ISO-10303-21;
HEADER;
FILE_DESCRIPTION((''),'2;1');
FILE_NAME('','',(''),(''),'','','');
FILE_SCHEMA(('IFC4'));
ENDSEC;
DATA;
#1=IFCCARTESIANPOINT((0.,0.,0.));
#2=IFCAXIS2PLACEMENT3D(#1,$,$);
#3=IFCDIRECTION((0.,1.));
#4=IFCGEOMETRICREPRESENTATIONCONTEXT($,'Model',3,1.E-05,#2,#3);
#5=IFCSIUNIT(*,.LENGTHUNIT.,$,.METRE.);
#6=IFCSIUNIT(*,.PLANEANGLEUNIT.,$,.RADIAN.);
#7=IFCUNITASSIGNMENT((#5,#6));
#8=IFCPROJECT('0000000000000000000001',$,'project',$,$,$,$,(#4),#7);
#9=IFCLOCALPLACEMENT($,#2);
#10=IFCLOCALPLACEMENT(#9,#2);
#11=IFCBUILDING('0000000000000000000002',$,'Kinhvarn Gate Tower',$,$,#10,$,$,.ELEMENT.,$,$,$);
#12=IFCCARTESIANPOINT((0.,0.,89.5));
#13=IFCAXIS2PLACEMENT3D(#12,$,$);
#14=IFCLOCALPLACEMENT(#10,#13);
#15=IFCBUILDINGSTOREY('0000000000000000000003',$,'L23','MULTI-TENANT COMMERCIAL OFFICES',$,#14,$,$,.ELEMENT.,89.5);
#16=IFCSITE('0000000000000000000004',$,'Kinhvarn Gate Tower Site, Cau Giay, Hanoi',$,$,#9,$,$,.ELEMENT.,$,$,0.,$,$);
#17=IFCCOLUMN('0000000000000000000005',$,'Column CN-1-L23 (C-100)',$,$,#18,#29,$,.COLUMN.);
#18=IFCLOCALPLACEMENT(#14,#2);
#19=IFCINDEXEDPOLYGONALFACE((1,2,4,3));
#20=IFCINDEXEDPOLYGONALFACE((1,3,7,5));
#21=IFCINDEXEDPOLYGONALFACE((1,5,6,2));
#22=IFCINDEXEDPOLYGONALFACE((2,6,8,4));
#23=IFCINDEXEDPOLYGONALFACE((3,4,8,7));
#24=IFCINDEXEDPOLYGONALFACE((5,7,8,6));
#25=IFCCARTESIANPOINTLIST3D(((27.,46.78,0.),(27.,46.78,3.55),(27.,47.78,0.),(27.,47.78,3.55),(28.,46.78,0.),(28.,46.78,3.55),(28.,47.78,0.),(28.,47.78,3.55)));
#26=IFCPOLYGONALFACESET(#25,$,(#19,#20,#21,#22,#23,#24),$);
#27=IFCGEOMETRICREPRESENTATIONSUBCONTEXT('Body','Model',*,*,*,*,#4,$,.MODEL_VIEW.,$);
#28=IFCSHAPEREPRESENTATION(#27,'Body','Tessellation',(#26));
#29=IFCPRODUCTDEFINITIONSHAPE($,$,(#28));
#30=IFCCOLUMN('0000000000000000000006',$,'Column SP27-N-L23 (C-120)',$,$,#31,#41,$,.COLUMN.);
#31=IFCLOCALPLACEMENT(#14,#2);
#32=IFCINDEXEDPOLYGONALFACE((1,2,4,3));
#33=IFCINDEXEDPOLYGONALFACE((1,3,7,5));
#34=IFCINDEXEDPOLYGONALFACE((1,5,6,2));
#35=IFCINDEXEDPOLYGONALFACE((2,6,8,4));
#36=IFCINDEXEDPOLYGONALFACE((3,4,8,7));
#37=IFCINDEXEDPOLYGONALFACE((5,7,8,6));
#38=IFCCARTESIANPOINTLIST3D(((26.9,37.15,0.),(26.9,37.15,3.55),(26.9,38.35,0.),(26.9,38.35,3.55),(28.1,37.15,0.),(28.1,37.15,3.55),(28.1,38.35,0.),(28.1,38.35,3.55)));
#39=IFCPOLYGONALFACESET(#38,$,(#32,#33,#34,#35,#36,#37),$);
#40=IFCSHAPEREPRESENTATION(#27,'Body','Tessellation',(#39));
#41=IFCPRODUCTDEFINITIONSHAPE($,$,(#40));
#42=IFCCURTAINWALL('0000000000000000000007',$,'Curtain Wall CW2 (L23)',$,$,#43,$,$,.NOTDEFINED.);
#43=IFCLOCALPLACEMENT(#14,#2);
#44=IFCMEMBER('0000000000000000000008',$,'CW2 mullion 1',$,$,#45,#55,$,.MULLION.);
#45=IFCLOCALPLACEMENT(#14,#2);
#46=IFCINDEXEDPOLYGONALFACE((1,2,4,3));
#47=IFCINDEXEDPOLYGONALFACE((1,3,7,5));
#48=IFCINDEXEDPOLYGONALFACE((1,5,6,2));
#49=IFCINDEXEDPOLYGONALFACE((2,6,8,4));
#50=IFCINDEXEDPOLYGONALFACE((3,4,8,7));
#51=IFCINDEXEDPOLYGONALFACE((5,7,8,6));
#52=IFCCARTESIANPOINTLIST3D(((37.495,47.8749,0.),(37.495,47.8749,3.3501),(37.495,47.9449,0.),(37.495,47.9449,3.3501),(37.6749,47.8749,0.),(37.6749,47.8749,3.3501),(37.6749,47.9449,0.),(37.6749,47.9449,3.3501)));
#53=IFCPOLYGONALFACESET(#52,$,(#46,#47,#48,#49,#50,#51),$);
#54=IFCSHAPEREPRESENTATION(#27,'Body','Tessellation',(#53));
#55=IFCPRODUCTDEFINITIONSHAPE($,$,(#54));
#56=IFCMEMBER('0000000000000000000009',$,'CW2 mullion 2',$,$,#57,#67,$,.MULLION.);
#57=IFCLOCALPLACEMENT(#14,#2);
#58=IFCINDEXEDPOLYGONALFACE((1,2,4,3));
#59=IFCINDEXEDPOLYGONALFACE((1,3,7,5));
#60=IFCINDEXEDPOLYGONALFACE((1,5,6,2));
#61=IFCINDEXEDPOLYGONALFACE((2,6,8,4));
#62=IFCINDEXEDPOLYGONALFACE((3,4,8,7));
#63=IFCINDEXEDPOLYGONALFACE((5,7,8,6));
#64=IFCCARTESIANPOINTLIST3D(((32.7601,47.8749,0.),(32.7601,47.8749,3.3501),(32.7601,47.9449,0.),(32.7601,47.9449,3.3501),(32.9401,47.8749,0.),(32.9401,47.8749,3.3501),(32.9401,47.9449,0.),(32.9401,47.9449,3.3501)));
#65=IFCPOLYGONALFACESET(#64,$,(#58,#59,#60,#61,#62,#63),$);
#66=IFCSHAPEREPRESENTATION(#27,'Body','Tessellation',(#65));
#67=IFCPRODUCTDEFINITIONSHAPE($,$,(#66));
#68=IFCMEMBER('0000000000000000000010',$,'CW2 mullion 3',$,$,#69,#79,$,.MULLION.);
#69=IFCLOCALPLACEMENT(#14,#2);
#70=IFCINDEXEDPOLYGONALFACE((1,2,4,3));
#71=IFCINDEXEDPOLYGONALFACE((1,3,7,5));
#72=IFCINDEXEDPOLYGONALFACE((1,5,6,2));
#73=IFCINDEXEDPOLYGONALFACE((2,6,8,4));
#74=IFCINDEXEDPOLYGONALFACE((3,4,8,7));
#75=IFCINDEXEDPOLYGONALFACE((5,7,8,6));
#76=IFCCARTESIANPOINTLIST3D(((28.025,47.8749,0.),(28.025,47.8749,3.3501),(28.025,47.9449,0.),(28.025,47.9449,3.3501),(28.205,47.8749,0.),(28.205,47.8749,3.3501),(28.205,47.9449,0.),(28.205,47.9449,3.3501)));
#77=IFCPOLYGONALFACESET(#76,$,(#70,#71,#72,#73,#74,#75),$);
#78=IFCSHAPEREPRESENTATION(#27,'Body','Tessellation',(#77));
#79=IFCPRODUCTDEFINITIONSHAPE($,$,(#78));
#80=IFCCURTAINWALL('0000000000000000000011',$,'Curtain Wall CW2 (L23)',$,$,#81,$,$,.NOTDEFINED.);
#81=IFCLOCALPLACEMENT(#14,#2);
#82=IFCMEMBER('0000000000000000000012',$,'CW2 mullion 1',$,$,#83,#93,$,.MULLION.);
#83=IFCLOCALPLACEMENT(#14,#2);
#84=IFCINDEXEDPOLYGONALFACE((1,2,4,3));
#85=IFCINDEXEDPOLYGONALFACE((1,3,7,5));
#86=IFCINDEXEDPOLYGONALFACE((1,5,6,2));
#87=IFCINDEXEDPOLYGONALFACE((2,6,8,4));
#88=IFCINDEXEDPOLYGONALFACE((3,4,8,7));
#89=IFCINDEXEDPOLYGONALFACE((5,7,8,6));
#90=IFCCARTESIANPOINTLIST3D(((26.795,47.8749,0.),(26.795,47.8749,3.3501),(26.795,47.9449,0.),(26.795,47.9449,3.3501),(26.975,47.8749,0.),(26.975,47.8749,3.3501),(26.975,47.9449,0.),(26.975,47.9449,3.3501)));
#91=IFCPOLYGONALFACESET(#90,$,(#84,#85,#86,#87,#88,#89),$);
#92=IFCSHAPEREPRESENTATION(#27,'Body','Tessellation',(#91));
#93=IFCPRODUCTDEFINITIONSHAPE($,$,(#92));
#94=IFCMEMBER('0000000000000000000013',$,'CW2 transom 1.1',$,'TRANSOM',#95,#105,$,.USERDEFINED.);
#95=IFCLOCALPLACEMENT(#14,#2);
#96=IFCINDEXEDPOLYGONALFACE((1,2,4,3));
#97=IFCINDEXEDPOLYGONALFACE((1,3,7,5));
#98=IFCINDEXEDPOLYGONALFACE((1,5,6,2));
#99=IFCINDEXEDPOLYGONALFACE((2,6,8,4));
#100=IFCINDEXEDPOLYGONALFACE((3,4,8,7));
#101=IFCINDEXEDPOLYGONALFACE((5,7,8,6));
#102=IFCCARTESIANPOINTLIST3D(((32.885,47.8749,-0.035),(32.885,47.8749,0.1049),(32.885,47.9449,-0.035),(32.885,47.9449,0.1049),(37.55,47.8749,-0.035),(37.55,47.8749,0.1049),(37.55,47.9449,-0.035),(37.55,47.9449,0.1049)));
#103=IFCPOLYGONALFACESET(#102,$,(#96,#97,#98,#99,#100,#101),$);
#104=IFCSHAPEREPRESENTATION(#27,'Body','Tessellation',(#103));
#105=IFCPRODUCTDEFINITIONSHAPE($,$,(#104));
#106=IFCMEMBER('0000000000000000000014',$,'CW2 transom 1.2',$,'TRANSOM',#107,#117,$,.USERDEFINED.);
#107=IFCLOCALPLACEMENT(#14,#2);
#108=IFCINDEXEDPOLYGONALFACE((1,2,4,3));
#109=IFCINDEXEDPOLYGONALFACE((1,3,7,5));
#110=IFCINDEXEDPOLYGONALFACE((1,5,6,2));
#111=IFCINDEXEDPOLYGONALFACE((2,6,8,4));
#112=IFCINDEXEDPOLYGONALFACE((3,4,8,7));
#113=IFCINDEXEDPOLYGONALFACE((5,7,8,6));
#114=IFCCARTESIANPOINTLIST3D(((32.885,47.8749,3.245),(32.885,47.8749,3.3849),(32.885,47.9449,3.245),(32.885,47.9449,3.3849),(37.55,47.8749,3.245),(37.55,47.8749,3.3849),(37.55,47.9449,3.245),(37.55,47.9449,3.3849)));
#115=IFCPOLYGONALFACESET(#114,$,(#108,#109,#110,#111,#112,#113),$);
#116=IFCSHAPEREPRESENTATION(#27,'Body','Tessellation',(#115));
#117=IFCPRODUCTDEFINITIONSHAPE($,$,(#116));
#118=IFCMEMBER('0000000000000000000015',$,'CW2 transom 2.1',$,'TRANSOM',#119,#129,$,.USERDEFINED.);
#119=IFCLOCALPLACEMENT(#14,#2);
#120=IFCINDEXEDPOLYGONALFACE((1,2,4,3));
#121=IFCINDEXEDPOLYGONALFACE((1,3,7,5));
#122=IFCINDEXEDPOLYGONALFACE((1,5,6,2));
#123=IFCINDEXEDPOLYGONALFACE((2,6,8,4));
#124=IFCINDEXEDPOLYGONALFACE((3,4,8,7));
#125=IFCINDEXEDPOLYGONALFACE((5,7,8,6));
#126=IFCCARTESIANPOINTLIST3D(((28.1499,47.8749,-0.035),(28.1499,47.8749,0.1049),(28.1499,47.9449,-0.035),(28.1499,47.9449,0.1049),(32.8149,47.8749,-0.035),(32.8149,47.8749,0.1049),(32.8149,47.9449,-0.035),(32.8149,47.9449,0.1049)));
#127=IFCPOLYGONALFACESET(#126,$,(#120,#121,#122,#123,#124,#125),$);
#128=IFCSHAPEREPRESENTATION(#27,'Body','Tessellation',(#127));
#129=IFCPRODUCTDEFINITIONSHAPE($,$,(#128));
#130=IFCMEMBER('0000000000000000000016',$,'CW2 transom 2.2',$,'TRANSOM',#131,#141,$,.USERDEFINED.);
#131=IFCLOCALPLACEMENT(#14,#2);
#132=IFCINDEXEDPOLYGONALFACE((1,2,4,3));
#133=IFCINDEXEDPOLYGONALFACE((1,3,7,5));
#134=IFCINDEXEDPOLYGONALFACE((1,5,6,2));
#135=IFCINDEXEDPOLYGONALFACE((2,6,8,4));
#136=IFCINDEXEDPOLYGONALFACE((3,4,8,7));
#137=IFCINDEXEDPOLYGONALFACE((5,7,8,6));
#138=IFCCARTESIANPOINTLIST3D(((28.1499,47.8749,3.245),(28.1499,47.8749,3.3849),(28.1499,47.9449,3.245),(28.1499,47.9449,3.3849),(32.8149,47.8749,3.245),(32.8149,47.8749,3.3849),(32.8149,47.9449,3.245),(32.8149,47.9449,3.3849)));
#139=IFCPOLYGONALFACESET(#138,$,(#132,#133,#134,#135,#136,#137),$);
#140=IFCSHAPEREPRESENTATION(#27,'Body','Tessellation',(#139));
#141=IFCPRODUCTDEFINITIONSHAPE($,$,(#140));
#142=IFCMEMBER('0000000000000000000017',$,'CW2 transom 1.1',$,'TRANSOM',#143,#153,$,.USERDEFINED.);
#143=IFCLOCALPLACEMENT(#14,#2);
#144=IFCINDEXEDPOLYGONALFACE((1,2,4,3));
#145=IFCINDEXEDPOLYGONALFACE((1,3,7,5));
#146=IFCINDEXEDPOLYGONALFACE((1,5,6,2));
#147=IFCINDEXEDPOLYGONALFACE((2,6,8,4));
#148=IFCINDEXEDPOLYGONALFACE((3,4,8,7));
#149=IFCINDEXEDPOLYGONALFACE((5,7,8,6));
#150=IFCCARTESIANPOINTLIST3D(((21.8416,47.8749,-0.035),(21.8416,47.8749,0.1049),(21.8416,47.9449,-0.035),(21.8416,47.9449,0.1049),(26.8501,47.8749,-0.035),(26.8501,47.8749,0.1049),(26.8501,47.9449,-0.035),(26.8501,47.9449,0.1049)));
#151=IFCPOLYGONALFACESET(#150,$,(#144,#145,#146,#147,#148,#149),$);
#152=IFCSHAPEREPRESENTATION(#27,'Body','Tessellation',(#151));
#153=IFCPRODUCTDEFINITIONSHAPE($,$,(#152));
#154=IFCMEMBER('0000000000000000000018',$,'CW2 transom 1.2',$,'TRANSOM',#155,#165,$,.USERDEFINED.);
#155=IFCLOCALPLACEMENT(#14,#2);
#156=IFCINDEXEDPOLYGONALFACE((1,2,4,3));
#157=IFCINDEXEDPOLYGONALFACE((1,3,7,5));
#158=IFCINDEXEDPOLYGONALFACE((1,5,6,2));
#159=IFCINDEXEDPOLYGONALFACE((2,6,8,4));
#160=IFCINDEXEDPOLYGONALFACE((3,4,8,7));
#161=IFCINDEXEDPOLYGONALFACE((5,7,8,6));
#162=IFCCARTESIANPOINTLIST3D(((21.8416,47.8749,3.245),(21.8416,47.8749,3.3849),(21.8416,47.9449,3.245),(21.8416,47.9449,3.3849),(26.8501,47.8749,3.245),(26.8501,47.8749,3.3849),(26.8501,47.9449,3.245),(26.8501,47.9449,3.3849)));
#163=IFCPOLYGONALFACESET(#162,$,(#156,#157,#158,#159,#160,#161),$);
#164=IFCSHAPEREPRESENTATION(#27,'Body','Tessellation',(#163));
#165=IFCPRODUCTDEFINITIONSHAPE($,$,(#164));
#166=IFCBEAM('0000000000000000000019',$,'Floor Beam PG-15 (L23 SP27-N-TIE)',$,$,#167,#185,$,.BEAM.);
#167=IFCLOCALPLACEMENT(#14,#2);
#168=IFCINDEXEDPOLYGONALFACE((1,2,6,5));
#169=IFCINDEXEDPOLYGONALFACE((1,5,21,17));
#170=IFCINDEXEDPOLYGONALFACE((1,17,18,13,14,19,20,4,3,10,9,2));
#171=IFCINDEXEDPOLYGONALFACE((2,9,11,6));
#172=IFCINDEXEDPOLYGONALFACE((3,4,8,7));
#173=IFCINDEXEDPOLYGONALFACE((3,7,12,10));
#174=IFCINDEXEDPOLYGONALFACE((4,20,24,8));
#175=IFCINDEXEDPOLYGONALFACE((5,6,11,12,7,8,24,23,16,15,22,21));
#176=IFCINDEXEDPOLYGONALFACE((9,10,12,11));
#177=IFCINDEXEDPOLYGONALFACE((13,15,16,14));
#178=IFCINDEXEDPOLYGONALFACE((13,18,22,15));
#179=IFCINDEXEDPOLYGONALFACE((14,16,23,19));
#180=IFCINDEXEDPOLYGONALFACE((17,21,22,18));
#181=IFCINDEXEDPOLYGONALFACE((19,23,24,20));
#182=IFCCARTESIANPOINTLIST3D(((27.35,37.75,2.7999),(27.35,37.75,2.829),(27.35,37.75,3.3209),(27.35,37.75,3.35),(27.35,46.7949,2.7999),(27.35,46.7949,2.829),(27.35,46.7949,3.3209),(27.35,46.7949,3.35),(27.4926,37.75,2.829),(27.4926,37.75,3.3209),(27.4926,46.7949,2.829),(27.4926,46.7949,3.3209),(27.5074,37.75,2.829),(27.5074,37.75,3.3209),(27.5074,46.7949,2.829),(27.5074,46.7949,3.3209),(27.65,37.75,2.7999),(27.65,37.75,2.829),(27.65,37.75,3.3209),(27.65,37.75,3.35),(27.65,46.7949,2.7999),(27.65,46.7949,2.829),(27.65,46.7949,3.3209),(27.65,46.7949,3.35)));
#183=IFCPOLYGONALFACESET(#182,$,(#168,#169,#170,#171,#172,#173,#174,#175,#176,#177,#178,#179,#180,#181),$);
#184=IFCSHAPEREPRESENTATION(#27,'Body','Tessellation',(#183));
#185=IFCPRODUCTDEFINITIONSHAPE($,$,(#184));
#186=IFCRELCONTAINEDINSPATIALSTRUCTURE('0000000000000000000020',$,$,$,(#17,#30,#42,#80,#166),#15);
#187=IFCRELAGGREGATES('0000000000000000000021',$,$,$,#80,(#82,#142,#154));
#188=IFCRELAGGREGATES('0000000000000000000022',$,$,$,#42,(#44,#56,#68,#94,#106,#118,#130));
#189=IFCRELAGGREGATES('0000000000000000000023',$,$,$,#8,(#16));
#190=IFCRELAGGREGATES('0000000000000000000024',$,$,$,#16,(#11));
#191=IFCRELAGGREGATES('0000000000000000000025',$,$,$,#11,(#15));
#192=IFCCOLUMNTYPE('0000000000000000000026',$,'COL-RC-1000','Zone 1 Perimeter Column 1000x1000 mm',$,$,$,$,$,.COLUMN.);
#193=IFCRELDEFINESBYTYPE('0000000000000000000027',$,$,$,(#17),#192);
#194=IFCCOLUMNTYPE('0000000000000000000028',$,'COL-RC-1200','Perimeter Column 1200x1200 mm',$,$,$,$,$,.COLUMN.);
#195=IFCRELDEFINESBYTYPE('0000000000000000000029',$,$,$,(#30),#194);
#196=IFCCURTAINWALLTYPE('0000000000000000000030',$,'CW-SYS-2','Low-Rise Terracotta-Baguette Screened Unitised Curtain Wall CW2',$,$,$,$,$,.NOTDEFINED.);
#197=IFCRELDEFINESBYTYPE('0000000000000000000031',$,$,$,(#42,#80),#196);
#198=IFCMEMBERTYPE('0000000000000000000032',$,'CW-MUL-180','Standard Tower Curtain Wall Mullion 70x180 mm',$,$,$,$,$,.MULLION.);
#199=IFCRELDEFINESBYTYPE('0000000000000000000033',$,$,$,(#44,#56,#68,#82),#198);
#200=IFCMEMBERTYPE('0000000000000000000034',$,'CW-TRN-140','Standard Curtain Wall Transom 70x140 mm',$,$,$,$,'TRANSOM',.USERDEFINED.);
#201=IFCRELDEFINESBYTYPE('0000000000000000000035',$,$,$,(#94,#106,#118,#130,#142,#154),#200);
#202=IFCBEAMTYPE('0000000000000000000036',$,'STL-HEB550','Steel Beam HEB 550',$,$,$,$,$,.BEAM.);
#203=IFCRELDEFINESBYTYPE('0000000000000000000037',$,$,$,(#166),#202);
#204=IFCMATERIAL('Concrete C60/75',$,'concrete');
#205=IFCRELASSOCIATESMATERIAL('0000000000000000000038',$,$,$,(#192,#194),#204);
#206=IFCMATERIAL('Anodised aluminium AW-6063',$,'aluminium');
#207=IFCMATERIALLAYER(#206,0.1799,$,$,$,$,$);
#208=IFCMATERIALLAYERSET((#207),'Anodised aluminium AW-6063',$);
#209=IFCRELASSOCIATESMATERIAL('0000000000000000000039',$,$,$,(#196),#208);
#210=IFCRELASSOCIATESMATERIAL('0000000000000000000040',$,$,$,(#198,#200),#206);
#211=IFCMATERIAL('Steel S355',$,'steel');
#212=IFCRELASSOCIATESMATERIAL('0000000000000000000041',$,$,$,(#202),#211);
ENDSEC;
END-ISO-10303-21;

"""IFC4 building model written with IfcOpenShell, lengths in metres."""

from ifc_helpers import new_model, si_unit, direction, frame, origin, origin_2d, place, context, subcontext, project, spatial, rectangle, i_section, extrude, material, layer, layer_set, material_profile, profile_set, type_object, element, aggregate, save


model = new_model("IFC4")

# Units and contexts
model_context = context("Model", 3, precision=1e-05, world=origin(), true_north=direction((0.0, 1.0)))
body_context = subcontext(model_context, "Body", "Model", "MODEL_VIEW")
ifc_project = project(units=[si_unit("LENGTHUNIT", "METRE"), si_unit("PLANEANGLEUNIT", "RADIAN")], contexts=[model_context])

# Site, building, storey
site_placement = place(None, origin())
site = spatial("IfcSite", under=ifc_project, at=site_placement, Name="Kinhvarn Gate Tower Site, Cau Giay, Hanoi", CompositionType="ELEMENT", RefElevation=0.0)
building_placement = place(site_placement, origin())
building = spatial("IfcBuilding", under=site, at=building_placement, Name="Kinhvarn Gate Tower", CompositionType="ELEMENT")
storey_placement = place(building_placement, frame((0.0, 0.0, 89.5)))
storey = spatial("IfcBuildingStorey", under=building, at=storey_placement, Name="L23", Description="MULTI-TENANT COMMERCIAL OFFICES", CompositionType="ELEMENT", Elevation=89.5)

# Columns
ifc_material_1 = material(Name="Concrete C60/75", Category="concrete")
ifc_material_profile_1 = material_profile(ifc_material_1, rectangle(XDim=1.0, YDim=1.0, at=origin_2d()), Name="RC 1000x1000")
ifc_profile_set_1 = profile_set([ifc_material_profile_1], Name="Concrete C60/75")
column_type_1 = type_object("IfcColumnType", Name="COL-RC-1000", Description="Zone 1 Perimeter Column 1000x1000 mm", PredefinedType="COLUMN", material=ifc_profile_set_1)
column_1_placement = place(storey_placement, frame((27.5, 47.28, 0.0), z_axis=(0.0, 0.0, 1.0), x_axis=(1.0, 0.0, 0.0)))
element("IfcColumn", 1, at=column_1_placement, inside=storey, type_object=column_type_1, Name="Column CN-1-L23 (C-100)", PredefinedType="COLUMN", context=body_context, shape_type="SweptSolid", body=[
    extrude(rectangle(XDim=1.0, YDim=1.0, at=origin_2d()), origin(), (0.0, 0.0, 1.0), 3.55),
])
ifc_material_profile_2 = material_profile(ifc_material_1, rectangle(XDim=1.2, YDim=1.2, at=origin_2d()), Name="RC 1200x1200")
ifc_profile_set_2 = profile_set([ifc_material_profile_2], Name="Concrete C60/75")
column_type_2 = type_object("IfcColumnType", Name="COL-RC-1200", Description="Perimeter Column 1200x1200 mm", PredefinedType="COLUMN", material=ifc_profile_set_2)
column_2_placement = place(storey_placement, frame((27.5, 37.75, 0.0), z_axis=(0.0, 0.0, 1.0), x_axis=(1.0, 0.0, 0.0)))
element("IfcColumn", 2, at=column_2_placement, inside=storey, type_object=column_type_2, Name="Column SP27-N-L23 (C-120)", PredefinedType="COLUMN", context=body_context, shape_type="SweptSolid", body=[
    extrude(rectangle(XDim=1.2, YDim=1.2, at=origin_2d()), origin(), (0.0, 0.0, 1.0), 3.55),
])

# Curtain wall, members
ifc_material_2 = material(Name="Anodised aluminium AW-6063", Category="aluminium")
ifc_layer_1 = layer(ifc_material_2, 0.1799)
ifc_layer_set_1 = layer_set([ifc_layer_1], Name="Anodised aluminium AW-6063")
curtain_wall_type = type_object("IfcCurtainWallType", Name="CW-SYS-2", Description="Low-Rise Terracotta-Baguette Screened Unitised Curtain Wall CW2", PredefinedType="NOTDEFINED", material=ifc_layer_set_1)
curtain_wall_1_placement = place(storey_placement, origin())
curtain_wall_1 = element("IfcCurtainWall", 3, at=curtain_wall_1_placement, inside=storey, type_object=curtain_wall_type, Name="Curtain Wall CW2 (L23)", PredefinedType="NOTDEFINED")
ifc_material_profile_3 = material_profile(ifc_material_2, rectangle(XDim=0.0701, YDim=0.1799, at=origin_2d()), Name="ALU 70x180")
ifc_profile_set_3 = profile_set([ifc_material_profile_3], Name="Anodised aluminium AW-6063")
member_type_1 = type_object("IfcMemberType", Name="CW-MUL-180", Description="Standard Tower Curtain Wall Mullion 70x180 mm", PredefinedType="MULLION", material=ifc_profile_set_3)
member_1_placement = place(storey_placement, frame((37.585, 47.9099, 0.0), z_axis=(0.0, 0.0, 1.0), x_axis=(0.0, -1.0, 0.0)))
member_1 = element("IfcMember", 4, at=member_1_placement, type_object=member_type_1, Name="CW2 mullion 1", PredefinedType="MULLION", context=body_context, shape_type="SweptSolid", body=[
    extrude(rectangle(XDim=0.0701, YDim=0.1799, at=origin_2d()), origin(), (0.0, 0.0, 1.0), 3.3501),
])
member_2_placement = place(storey_placement, frame((32.8501, 47.9099, 0.0), z_axis=(0.0, 0.0, 1.0), x_axis=(0.0, -1.0, 0.0)))
member_2 = element("IfcMember", 5, at=member_2_placement, type_object=member_type_1, Name="CW2 mullion 2", PredefinedType="MULLION", context=body_context, shape_type="SweptSolid", body=[
    extrude(rectangle(XDim=0.0701, YDim=0.1799, at=origin_2d()), origin(), (0.0, 0.0, 1.0), 3.3501),
])
member_3_placement = place(storey_placement, frame((28.115, 47.9099, 0.0), z_axis=(0.0, 0.0, 1.0), x_axis=(0.0, -1.0, 0.0)))
member_3 = element("IfcMember", 6, at=member_3_placement, type_object=member_type_1, Name="CW2 mullion 3", PredefinedType="MULLION", context=body_context, shape_type="SweptSolid", body=[
    extrude(rectangle(XDim=0.0701, YDim=0.1799, at=origin_2d()), origin(), (0.0, 0.0, 1.0), 3.3501),
])

# Curtain wall, member
curtain_wall_2_placement = place(storey_placement, origin())
curtain_wall_2 = element("IfcCurtainWall", 7, at=curtain_wall_2_placement, inside=storey, type_object=curtain_wall_type, Name="Curtain Wall CW2 (L23)", PredefinedType="NOTDEFINED")
member_4_placement = place(storey_placement, frame((26.885, 47.9099, 0.0), z_axis=(0.0, 0.0, 1.0), x_axis=(0.0, -1.0, 0.0)))
member_4 = element("IfcMember", 8, at=member_4_placement, type_object=member_type_1, Name="CW2 mullion 1", PredefinedType="MULLION", context=body_context, shape_type="SweptSolid", body=[
    extrude(rectangle(XDim=0.0701, YDim=0.1799, at=origin_2d()), origin(), (0.0, 0.0, 1.0), 3.3501),
])

# Members
ifc_material_profile_4 = material_profile(ifc_material_2, rectangle(XDim=0.0701, YDim=0.1399, at=origin_2d()), Name="ALU 70x140")
ifc_profile_set_4 = profile_set([ifc_material_profile_4], Name="Anodised aluminium AW-6063")
member_type_2 = type_object("IfcMemberType", Name="CW-TRN-140", Description="Standard Curtain Wall Transom 70x140 mm", ElementType="TRANSOM", PredefinedType="USERDEFINED", material=ifc_profile_set_4)
member_5_placement = place(storey_placement, frame((37.55, 47.9099, 0.0349), z_axis=(-1.0, 0.0, 0.0), x_axis=(0.0, -1.0, 0.0)))
member_5 = element("IfcMember", 9, at=member_5_placement, type_object=member_type_2, Name="CW2 transom 1.1", ObjectType="TRANSOM", PredefinedType="USERDEFINED", context=body_context, shape_type="SweptSolid", body=[
    extrude(rectangle(XDim=0.0701, YDim=0.1399, at=origin_2d()), origin(), (0.0, 0.0, 1.0), 4.665),
])
member_6_placement = place(storey_placement, frame((37.55, 47.9099, 3.3149), z_axis=(-1.0, 0.0, 0.0), x_axis=(0.0, -1.0, 0.0)))
member_6 = element("IfcMember", 10, at=member_6_placement, type_object=member_type_2, Name="CW2 transom 1.2", ObjectType="TRANSOM", PredefinedType="USERDEFINED", context=body_context, shape_type="SweptSolid", body=[
    extrude(rectangle(XDim=0.0701, YDim=0.1399, at=origin_2d()), origin(), (0.0, 0.0, 1.0), 4.665),
])
member_7_placement = place(storey_placement, frame((32.8149, 47.9099, 0.0349), z_axis=(-1.0, 0.0, 0.0), x_axis=(0.0, -1.0, 0.0)))
member_7 = element("IfcMember", 11, at=member_7_placement, type_object=member_type_2, Name="CW2 transom 2.1", ObjectType="TRANSOM", PredefinedType="USERDEFINED", context=body_context, shape_type="SweptSolid", body=[
    extrude(rectangle(XDim=0.0701, YDim=0.1399, at=origin_2d()), origin(), (0.0, 0.0, 1.0), 4.665),
])
member_8_placement = place(storey_placement, frame((32.8149, 47.9099, 3.3149), z_axis=(-1.0, 0.0, 0.0), x_axis=(0.0, -1.0, 0.0)))
member_8 = element("IfcMember", 12, at=member_8_placement, type_object=member_type_2, Name="CW2 transom 2.2", ObjectType="TRANSOM", PredefinedType="USERDEFINED", context=body_context, shape_type="SweptSolid", body=[
    extrude(rectangle(XDim=0.0701, YDim=0.1399, at=origin_2d()), origin(), (0.0, 0.0, 1.0), 4.665),
])
member_9_placement = place(storey_placement, frame((26.8501, 47.9099, 0.0349), z_axis=(-1.0, 0.0, 0.0), x_axis=(0.0, -1.0, 0.0)))
member_9 = element("IfcMember", 13, at=member_9_placement, type_object=member_type_2, Name="CW2 transom 1.1", ObjectType="TRANSOM", PredefinedType="USERDEFINED", context=body_context, shape_type="SweptSolid", body=[
    extrude(rectangle(XDim=0.0701, YDim=0.1399, at=origin_2d()), origin(), (0.0, 0.0, 1.0), 5.0085),
])
member_10_placement = place(storey_placement, frame((26.8501, 47.9099, 3.3149), z_axis=(-1.0, 0.0, 0.0), x_axis=(0.0, -1.0, 0.0)))
member_10 = element("IfcMember", 14, at=member_10_placement, type_object=member_type_2, Name="CW2 transom 1.2", ObjectType="TRANSOM", PredefinedType="USERDEFINED", context=body_context, shape_type="SweptSolid", body=[
    extrude(rectangle(XDim=0.0701, YDim=0.1399, at=origin_2d()), origin(), (0.0, 0.0, 1.0), 5.0085),
])
aggregate(curtain_wall_2, [member_4, member_9, member_10])

# Beam
ifc_material_3 = material(Name="Steel S355", Category="steel")
ifc_material_profile_5 = material_profile(ifc_material_3, i_section(OverallWidth=0.3, OverallDepth=0.55, WebThickness=0.0149, FlangeThickness=0.0291, at=origin_2d()), Name="HEB 550")
ifc_profile_set_5 = profile_set([ifc_material_profile_5], Name="Steel S355")
beam_type_1 = type_object("IfcBeamType", Name="STL-HEB550", Description="Steel Beam HEB 550", PredefinedType="BEAM", material=ifc_profile_set_5)
beam_1_placement = place(storey_placement, frame((27.5, 37.75, 3.075), z_axis=(0.0, 1.0, 0.0), x_axis=(-1.0, 0.0, 0.0)))
element("IfcBeam", 15, at=beam_1_placement, inside=storey, type_object=beam_type_1, Name="Floor Beam PG-15 (L23 SP27-N-TIE)", PredefinedType="BEAM", context=body_context, shape_type="SweptSolid", body=[
    extrude(i_section(OverallWidth=0.3, OverallDepth=0.55, WebThickness=0.0149, FlangeThickness=0.0291, at=origin_2d()), origin(), (0.0, 0.0, 1.0), 9.0449),
])

aggregate(curtain_wall_1, [member_1, member_2, member_3, member_5, member_6, member_7, member_8])

save(model, "model.ifc")
